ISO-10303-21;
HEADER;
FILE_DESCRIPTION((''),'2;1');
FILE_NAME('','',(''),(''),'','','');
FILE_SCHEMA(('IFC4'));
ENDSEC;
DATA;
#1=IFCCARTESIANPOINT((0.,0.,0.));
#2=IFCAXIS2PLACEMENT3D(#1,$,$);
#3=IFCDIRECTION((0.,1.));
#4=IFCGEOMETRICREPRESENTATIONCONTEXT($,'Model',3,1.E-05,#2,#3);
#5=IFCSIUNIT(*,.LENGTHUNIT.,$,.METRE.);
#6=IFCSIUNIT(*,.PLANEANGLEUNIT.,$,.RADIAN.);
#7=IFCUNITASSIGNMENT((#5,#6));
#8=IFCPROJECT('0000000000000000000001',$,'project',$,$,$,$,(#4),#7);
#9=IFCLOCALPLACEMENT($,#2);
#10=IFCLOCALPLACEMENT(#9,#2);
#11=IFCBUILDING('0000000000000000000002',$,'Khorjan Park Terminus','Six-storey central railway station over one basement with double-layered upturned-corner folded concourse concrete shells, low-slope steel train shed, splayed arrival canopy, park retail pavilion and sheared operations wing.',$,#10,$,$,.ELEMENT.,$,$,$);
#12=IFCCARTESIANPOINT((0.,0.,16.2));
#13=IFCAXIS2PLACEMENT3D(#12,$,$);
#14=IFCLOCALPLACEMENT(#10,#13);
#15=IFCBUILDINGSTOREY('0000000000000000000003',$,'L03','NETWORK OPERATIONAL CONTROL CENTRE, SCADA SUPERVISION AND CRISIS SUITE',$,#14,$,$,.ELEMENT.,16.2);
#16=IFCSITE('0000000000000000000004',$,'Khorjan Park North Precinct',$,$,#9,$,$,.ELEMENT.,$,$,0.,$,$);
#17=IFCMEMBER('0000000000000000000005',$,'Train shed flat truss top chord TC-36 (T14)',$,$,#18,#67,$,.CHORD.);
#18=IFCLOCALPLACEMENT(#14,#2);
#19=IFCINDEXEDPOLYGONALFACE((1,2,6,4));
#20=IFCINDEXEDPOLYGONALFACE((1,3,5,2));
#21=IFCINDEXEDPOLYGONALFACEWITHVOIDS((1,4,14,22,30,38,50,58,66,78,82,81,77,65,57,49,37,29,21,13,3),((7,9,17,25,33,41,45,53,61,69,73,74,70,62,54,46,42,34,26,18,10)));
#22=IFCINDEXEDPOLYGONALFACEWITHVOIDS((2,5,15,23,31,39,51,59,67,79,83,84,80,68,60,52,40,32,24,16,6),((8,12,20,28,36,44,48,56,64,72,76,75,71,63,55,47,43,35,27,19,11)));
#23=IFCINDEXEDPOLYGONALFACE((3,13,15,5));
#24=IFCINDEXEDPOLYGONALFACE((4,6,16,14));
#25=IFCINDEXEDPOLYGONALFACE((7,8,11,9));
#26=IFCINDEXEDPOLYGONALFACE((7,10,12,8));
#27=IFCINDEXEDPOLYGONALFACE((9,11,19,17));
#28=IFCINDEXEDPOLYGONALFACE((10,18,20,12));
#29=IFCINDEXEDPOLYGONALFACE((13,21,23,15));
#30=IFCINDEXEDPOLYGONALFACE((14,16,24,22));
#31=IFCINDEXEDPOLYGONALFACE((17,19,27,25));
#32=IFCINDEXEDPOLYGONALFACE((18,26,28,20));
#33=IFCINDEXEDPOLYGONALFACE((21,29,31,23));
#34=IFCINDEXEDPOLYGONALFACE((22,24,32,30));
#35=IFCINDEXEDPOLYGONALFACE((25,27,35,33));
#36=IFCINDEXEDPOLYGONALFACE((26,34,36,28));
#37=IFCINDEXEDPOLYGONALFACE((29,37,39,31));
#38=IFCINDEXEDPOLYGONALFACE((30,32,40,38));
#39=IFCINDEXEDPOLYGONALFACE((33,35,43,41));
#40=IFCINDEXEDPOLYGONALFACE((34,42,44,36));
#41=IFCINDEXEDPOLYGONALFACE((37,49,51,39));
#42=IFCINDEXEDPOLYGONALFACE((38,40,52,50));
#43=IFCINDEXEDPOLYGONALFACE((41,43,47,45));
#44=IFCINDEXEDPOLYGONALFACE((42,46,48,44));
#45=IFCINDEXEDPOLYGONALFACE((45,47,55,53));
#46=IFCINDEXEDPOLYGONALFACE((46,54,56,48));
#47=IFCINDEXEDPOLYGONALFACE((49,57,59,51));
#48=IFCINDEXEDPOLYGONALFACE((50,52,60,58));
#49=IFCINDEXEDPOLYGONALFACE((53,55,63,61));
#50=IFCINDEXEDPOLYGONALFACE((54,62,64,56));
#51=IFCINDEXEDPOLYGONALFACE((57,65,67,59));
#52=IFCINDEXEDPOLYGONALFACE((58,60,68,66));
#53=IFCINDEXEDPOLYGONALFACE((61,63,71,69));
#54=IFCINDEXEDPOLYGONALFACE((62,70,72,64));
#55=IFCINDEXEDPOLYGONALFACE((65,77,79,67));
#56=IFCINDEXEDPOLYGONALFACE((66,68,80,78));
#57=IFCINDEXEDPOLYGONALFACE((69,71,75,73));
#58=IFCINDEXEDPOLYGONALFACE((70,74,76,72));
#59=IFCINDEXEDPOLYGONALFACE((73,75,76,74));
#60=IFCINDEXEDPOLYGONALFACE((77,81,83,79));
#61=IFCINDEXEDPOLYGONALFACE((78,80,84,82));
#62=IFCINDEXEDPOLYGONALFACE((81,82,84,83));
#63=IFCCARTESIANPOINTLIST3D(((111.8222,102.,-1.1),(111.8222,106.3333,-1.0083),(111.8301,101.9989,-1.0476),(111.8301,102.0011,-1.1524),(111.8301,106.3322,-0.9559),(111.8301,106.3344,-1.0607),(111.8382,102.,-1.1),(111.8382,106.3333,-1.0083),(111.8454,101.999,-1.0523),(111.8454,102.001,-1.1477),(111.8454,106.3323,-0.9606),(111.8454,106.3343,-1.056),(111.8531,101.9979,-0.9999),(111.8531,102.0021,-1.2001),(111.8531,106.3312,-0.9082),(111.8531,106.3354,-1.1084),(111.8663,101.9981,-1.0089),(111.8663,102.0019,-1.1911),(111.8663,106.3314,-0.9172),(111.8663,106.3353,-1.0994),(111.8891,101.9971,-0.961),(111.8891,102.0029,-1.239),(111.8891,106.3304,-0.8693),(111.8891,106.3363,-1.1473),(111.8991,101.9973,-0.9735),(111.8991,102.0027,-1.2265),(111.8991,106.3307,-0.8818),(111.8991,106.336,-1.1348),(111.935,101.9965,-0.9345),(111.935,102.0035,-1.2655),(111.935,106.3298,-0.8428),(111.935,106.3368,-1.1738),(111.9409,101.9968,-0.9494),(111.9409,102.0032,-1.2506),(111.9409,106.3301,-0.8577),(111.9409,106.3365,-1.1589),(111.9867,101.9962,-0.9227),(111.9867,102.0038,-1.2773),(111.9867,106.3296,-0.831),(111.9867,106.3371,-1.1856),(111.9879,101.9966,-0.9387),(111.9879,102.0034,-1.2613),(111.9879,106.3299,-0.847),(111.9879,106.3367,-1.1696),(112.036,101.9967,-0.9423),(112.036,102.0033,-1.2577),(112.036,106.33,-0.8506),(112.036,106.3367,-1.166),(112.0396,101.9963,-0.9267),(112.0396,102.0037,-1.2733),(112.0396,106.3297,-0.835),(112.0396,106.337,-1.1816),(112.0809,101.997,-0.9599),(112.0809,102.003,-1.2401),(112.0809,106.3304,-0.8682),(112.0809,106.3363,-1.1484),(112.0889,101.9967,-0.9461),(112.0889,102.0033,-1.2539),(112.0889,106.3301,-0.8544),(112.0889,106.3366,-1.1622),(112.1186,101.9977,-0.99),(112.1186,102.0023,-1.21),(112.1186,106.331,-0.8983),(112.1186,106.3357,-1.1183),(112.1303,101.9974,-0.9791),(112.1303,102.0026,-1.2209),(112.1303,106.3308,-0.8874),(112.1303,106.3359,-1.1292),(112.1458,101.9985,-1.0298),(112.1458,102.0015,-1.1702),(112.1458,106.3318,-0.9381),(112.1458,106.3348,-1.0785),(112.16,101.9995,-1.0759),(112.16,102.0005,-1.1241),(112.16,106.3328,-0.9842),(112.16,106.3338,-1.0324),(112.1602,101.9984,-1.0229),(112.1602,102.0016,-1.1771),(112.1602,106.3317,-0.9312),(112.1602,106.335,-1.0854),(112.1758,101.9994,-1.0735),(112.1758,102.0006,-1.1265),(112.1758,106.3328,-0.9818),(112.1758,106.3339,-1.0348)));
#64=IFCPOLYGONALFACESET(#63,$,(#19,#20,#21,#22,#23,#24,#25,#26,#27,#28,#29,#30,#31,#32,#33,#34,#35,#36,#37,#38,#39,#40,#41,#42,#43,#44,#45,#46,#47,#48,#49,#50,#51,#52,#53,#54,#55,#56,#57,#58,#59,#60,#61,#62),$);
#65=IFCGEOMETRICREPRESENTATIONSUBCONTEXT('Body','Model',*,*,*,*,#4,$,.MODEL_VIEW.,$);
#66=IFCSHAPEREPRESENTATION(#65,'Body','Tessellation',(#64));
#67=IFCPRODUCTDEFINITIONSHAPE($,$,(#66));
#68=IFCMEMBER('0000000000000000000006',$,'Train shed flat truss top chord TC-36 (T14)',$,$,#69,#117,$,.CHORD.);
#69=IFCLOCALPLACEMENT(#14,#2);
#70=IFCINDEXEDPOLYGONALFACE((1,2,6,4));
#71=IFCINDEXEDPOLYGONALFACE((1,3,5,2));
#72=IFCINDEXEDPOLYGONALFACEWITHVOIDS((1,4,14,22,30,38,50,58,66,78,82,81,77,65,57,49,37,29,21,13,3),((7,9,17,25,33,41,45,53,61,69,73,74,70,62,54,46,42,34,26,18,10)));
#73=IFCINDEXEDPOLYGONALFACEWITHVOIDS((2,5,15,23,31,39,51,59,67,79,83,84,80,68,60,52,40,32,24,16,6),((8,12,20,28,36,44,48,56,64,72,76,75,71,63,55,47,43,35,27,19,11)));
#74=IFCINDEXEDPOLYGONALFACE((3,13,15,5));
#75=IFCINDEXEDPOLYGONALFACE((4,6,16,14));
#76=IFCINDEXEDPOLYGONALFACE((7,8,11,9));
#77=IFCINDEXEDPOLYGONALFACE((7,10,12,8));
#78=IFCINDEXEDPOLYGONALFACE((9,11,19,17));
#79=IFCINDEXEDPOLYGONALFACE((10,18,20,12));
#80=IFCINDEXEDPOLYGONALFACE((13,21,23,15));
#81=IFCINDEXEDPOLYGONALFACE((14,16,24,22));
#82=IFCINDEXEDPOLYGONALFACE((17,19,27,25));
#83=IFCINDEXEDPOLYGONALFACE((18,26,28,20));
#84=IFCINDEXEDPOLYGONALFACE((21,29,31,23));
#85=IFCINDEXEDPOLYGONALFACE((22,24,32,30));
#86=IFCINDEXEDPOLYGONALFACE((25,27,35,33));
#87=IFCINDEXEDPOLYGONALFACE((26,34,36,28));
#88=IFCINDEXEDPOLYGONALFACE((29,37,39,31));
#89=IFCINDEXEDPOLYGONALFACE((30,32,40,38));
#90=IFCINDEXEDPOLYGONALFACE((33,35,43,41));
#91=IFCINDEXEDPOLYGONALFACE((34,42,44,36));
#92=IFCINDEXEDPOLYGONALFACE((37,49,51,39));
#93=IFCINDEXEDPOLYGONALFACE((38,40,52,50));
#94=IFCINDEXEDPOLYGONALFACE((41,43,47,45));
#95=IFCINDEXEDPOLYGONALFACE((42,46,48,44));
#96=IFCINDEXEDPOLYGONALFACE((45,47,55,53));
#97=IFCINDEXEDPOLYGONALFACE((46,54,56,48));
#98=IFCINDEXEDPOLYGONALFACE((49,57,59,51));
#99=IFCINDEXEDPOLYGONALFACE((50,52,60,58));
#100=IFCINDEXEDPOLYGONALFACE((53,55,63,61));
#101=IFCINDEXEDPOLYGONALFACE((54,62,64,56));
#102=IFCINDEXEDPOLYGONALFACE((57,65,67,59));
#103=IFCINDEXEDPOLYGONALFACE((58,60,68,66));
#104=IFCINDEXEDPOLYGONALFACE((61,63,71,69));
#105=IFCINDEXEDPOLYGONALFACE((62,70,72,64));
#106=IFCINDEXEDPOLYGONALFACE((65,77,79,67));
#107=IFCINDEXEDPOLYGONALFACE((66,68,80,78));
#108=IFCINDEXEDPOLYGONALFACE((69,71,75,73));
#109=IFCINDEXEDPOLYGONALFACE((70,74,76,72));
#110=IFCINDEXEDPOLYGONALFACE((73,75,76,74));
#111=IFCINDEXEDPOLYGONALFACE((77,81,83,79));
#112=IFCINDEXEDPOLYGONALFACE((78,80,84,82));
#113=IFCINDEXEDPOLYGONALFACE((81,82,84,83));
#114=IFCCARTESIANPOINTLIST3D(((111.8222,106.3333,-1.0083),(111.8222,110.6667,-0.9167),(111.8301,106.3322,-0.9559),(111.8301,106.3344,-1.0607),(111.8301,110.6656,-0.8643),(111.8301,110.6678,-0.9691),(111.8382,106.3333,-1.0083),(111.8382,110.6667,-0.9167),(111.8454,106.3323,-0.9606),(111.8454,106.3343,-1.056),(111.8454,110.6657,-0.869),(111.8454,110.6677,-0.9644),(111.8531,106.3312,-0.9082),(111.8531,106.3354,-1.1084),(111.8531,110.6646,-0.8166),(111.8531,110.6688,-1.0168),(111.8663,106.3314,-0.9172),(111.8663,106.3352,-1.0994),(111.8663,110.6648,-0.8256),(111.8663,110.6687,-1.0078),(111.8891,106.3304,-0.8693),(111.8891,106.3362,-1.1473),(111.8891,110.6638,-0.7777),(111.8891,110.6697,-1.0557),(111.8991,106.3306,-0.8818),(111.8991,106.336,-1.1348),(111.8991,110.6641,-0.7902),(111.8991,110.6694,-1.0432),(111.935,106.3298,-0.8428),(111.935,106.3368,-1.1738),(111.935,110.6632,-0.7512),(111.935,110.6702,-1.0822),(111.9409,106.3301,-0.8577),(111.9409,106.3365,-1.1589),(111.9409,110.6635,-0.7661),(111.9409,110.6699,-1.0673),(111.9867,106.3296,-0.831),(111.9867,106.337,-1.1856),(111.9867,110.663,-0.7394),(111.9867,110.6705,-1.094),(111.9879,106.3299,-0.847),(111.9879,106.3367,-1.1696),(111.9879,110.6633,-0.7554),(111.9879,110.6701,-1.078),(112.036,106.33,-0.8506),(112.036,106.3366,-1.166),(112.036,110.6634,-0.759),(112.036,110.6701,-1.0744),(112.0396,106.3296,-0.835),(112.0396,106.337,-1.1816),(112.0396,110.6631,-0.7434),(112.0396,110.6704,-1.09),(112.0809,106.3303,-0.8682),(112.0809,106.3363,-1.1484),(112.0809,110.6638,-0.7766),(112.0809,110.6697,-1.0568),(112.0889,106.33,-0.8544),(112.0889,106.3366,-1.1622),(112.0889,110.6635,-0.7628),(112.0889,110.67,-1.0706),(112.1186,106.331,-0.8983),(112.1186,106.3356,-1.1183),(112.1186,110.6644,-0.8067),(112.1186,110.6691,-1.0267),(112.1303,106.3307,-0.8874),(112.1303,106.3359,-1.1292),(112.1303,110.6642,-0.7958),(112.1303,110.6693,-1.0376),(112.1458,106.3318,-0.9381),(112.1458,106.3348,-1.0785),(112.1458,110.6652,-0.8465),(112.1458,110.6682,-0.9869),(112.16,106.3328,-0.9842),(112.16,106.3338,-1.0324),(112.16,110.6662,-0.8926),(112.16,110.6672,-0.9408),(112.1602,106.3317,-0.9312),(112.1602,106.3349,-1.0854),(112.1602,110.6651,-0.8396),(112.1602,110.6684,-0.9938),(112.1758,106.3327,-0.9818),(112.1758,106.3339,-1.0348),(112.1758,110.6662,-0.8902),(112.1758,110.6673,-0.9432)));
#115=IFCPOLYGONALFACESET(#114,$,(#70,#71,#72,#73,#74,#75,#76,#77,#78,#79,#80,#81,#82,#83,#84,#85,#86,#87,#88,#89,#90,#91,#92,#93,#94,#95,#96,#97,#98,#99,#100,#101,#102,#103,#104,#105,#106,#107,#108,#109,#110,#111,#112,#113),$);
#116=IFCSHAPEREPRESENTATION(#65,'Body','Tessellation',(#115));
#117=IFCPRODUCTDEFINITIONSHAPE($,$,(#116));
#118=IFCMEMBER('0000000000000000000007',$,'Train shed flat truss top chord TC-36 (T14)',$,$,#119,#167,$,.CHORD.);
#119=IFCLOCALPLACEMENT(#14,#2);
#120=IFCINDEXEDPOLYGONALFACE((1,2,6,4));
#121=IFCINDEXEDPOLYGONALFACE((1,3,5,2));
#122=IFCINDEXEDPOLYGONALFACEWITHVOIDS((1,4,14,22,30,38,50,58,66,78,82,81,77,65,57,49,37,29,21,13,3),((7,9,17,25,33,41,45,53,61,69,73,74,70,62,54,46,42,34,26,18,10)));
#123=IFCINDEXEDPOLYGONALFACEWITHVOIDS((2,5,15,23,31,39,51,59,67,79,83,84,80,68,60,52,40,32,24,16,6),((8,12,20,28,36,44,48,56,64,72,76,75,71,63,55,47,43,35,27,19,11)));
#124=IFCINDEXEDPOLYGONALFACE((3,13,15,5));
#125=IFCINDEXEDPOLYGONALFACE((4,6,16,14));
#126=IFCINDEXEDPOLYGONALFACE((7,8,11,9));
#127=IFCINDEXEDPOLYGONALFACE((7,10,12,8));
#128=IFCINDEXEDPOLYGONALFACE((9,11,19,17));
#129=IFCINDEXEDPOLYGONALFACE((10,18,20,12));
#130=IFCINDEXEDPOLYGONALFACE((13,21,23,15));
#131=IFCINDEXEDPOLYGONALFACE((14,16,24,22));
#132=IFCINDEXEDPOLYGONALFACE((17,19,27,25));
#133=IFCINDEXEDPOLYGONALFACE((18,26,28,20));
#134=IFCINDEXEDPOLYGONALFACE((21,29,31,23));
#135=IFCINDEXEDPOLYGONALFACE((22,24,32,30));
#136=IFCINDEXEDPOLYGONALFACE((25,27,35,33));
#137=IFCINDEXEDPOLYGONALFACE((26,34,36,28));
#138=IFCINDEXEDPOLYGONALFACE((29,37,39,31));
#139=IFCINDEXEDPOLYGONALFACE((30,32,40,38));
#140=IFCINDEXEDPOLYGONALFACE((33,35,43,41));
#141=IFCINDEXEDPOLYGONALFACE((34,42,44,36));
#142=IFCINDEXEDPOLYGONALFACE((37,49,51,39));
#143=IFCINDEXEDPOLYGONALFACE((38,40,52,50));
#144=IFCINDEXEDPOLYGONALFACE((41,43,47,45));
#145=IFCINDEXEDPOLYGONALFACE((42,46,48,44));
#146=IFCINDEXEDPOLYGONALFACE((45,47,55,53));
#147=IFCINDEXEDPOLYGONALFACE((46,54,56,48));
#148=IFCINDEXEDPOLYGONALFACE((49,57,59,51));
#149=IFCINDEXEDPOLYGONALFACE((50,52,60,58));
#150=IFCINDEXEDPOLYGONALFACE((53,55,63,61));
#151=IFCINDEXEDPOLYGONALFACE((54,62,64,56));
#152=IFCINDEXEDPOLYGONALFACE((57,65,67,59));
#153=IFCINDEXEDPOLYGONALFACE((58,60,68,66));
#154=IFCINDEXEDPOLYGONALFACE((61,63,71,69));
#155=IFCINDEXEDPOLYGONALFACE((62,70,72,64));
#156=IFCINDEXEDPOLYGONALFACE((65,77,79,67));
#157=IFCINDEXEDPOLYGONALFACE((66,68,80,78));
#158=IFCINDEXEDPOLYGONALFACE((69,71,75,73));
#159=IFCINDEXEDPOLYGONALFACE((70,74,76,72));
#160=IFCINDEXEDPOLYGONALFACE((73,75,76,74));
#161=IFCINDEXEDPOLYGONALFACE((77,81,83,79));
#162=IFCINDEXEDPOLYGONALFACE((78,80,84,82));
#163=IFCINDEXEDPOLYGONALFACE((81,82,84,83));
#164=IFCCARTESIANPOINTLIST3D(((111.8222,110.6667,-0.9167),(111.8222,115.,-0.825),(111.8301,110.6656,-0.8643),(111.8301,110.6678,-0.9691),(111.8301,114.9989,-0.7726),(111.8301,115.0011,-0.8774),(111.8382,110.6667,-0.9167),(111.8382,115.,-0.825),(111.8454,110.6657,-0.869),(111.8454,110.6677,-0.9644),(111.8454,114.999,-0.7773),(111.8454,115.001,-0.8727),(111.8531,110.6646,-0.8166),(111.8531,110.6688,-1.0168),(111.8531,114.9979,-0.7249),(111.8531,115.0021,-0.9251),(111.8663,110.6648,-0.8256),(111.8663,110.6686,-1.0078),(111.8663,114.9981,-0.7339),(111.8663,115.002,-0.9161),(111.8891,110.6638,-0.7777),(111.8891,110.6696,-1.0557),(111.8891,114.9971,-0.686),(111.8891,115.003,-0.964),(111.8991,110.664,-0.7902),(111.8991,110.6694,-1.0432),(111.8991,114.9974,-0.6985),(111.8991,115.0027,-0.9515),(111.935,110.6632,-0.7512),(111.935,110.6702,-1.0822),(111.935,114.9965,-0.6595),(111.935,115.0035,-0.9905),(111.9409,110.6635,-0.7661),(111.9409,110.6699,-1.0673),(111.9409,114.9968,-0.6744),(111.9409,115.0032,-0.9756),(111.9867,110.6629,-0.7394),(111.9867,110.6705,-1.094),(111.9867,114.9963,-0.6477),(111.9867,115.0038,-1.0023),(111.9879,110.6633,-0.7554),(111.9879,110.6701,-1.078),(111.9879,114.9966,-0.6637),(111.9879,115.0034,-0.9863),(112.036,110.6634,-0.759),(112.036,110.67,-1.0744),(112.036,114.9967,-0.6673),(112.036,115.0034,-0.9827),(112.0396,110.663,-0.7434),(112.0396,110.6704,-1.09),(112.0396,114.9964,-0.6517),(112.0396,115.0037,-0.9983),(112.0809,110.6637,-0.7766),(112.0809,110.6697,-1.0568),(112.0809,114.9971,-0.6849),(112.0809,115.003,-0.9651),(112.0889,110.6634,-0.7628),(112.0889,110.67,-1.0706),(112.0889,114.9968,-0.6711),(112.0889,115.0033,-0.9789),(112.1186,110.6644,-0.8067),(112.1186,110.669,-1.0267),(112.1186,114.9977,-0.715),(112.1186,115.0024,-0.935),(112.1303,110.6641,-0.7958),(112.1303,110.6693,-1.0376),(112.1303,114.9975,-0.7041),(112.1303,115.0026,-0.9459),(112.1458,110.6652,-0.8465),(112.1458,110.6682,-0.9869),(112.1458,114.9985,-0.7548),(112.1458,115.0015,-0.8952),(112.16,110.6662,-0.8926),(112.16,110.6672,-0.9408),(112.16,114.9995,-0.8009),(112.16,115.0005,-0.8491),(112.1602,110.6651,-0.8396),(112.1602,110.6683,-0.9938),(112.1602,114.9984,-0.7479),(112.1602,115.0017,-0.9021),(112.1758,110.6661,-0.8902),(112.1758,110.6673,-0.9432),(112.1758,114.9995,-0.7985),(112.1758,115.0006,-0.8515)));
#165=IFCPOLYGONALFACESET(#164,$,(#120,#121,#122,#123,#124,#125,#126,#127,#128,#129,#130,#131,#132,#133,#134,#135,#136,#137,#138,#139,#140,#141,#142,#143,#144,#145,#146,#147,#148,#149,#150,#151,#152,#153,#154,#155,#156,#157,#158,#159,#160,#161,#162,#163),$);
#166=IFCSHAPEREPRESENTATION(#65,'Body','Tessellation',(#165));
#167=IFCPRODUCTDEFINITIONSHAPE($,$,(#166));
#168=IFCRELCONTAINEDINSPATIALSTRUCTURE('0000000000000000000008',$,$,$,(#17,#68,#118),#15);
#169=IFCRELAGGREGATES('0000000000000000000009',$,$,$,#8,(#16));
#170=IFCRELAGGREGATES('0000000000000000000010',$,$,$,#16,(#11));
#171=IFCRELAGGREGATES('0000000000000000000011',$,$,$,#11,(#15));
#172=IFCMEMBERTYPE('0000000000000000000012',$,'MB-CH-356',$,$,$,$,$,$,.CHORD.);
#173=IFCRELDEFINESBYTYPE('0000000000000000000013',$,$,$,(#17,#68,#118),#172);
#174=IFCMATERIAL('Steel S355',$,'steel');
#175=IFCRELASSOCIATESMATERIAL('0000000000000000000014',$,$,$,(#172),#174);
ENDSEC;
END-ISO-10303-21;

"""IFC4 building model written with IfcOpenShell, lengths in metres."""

from ifc_helpers import new_model, si_unit, direction, frame, origin, origin_2d, place, context, subcontext, project, spatial, hollow_circle, extrude, material, material_profile, profile_set, type_object, element, save


model = new_model("IFC4")

# Units and contexts
model_context = context("Model", 3, precision=1e-05, world=origin(), true_north=direction((0.0, 1.0)))
body_context = subcontext(model_context, "Body", "Model", "MODEL_VIEW")
ifc_project = project(units=[si_unit("LENGTHUNIT", "METRE"), si_unit("PLANEANGLEUNIT", "RADIAN")], contexts=[model_context])

# Site, building, storey
site_placement = place(None, origin())
site = spatial("IfcSite", under=ifc_project, at=site_placement, Name="Khorjan Park North Precinct", CompositionType="ELEMENT", RefElevation=0.0)
building_placement = place(site_placement, origin())
building = spatial("IfcBuilding", under=site, at=building_placement, Name="Khorjan Park Terminus", Description="Six-storey central railway station over one basement with double-layered upturned-corner folded concourse concrete shells, low-slope steel train shed, splayed arrival canopy, park retail pavilion and sheared operations wing.", CompositionType="ELEMENT")
storey_placement = place(building_placement, frame((0.0, 0.0, 16.2)))
storey = spatial("IfcBuildingStorey", under=building, at=storey_placement, Name="L03", Description="NETWORK OPERATIONAL CONTROL CENTRE, SCADA SUPERVISION AND CRISIS SUITE", CompositionType="ELEMENT", Elevation=16.2)

# Members
ifc_material_1 = material(Name="Steel S355", Category="steel")
ifc_material_profile_1 = material_profile(ifc_material_1, hollow_circle(Radius=0.1778, WallThickness=0.016, at=origin_2d()), Name="CHS 355.6x16")
ifc_profile_set_1 = profile_set([ifc_material_profile_1], Name="Steel S355")
member_type_1 = type_object("IfcMemberType", Name="MB-CH-356", PredefinedType="CHORD", material=ifc_profile_set_1)
member_1_placement = place(storey_placement, frame((112.0, 102.0, -1.1), z_axis=(0.0, 0.999776, 0.021157), x_axis=(-1.0, 0.0, 0.0)))
element("IfcMember", 1, at=member_1_placement, inside=storey, type_object=member_type_1, Name="Train shed flat truss top chord TC-36 (T14)", PredefinedType="CHORD", context=body_context, shape_type="SweptSolid", body=[
    extrude(hollow_circle(Radius=0.1778, WallThickness=0.016, at=origin_2d()), origin(), (0.0, 0.0, 1.0), 4.3343),
])
member_2_placement = place(storey_placement, frame((112.0, 106.3333, -1.0083), z_axis=(0.0, 0.999777, 0.021133), x_axis=(-1.0, 0.0, 0.0)))
element("IfcMember", 2, at=member_2_placement, inside=storey, type_object=member_type_1, Name="Train shed flat truss top chord TC-36 (T14)", PredefinedType="CHORD", context=body_context, shape_type="SweptSolid", body=[
    extrude(hollow_circle(Radius=0.1778, WallThickness=0.016, at=origin_2d()), origin(), (0.0, 0.0, 1.0), 4.3344),
])
member_3_placement = place(storey_placement, frame((112.0, 110.6667, -0.9167), z_axis=(0.0, 0.999776, 0.021157), x_axis=(-1.0, 0.0, 0.0)))
element("IfcMember", 3, at=member_3_placement, inside=storey, type_object=member_type_1, Name="Train shed flat truss top chord TC-36 (T14)", PredefinedType="CHORD", context=body_context, shape_type="SweptSolid", body=[
    extrude(hollow_circle(Radius=0.1778, WallThickness=0.016, at=origin_2d()), origin(), (0.0, 0.0, 1.0), 4.3343),
])

save(model, "model.ifc")
